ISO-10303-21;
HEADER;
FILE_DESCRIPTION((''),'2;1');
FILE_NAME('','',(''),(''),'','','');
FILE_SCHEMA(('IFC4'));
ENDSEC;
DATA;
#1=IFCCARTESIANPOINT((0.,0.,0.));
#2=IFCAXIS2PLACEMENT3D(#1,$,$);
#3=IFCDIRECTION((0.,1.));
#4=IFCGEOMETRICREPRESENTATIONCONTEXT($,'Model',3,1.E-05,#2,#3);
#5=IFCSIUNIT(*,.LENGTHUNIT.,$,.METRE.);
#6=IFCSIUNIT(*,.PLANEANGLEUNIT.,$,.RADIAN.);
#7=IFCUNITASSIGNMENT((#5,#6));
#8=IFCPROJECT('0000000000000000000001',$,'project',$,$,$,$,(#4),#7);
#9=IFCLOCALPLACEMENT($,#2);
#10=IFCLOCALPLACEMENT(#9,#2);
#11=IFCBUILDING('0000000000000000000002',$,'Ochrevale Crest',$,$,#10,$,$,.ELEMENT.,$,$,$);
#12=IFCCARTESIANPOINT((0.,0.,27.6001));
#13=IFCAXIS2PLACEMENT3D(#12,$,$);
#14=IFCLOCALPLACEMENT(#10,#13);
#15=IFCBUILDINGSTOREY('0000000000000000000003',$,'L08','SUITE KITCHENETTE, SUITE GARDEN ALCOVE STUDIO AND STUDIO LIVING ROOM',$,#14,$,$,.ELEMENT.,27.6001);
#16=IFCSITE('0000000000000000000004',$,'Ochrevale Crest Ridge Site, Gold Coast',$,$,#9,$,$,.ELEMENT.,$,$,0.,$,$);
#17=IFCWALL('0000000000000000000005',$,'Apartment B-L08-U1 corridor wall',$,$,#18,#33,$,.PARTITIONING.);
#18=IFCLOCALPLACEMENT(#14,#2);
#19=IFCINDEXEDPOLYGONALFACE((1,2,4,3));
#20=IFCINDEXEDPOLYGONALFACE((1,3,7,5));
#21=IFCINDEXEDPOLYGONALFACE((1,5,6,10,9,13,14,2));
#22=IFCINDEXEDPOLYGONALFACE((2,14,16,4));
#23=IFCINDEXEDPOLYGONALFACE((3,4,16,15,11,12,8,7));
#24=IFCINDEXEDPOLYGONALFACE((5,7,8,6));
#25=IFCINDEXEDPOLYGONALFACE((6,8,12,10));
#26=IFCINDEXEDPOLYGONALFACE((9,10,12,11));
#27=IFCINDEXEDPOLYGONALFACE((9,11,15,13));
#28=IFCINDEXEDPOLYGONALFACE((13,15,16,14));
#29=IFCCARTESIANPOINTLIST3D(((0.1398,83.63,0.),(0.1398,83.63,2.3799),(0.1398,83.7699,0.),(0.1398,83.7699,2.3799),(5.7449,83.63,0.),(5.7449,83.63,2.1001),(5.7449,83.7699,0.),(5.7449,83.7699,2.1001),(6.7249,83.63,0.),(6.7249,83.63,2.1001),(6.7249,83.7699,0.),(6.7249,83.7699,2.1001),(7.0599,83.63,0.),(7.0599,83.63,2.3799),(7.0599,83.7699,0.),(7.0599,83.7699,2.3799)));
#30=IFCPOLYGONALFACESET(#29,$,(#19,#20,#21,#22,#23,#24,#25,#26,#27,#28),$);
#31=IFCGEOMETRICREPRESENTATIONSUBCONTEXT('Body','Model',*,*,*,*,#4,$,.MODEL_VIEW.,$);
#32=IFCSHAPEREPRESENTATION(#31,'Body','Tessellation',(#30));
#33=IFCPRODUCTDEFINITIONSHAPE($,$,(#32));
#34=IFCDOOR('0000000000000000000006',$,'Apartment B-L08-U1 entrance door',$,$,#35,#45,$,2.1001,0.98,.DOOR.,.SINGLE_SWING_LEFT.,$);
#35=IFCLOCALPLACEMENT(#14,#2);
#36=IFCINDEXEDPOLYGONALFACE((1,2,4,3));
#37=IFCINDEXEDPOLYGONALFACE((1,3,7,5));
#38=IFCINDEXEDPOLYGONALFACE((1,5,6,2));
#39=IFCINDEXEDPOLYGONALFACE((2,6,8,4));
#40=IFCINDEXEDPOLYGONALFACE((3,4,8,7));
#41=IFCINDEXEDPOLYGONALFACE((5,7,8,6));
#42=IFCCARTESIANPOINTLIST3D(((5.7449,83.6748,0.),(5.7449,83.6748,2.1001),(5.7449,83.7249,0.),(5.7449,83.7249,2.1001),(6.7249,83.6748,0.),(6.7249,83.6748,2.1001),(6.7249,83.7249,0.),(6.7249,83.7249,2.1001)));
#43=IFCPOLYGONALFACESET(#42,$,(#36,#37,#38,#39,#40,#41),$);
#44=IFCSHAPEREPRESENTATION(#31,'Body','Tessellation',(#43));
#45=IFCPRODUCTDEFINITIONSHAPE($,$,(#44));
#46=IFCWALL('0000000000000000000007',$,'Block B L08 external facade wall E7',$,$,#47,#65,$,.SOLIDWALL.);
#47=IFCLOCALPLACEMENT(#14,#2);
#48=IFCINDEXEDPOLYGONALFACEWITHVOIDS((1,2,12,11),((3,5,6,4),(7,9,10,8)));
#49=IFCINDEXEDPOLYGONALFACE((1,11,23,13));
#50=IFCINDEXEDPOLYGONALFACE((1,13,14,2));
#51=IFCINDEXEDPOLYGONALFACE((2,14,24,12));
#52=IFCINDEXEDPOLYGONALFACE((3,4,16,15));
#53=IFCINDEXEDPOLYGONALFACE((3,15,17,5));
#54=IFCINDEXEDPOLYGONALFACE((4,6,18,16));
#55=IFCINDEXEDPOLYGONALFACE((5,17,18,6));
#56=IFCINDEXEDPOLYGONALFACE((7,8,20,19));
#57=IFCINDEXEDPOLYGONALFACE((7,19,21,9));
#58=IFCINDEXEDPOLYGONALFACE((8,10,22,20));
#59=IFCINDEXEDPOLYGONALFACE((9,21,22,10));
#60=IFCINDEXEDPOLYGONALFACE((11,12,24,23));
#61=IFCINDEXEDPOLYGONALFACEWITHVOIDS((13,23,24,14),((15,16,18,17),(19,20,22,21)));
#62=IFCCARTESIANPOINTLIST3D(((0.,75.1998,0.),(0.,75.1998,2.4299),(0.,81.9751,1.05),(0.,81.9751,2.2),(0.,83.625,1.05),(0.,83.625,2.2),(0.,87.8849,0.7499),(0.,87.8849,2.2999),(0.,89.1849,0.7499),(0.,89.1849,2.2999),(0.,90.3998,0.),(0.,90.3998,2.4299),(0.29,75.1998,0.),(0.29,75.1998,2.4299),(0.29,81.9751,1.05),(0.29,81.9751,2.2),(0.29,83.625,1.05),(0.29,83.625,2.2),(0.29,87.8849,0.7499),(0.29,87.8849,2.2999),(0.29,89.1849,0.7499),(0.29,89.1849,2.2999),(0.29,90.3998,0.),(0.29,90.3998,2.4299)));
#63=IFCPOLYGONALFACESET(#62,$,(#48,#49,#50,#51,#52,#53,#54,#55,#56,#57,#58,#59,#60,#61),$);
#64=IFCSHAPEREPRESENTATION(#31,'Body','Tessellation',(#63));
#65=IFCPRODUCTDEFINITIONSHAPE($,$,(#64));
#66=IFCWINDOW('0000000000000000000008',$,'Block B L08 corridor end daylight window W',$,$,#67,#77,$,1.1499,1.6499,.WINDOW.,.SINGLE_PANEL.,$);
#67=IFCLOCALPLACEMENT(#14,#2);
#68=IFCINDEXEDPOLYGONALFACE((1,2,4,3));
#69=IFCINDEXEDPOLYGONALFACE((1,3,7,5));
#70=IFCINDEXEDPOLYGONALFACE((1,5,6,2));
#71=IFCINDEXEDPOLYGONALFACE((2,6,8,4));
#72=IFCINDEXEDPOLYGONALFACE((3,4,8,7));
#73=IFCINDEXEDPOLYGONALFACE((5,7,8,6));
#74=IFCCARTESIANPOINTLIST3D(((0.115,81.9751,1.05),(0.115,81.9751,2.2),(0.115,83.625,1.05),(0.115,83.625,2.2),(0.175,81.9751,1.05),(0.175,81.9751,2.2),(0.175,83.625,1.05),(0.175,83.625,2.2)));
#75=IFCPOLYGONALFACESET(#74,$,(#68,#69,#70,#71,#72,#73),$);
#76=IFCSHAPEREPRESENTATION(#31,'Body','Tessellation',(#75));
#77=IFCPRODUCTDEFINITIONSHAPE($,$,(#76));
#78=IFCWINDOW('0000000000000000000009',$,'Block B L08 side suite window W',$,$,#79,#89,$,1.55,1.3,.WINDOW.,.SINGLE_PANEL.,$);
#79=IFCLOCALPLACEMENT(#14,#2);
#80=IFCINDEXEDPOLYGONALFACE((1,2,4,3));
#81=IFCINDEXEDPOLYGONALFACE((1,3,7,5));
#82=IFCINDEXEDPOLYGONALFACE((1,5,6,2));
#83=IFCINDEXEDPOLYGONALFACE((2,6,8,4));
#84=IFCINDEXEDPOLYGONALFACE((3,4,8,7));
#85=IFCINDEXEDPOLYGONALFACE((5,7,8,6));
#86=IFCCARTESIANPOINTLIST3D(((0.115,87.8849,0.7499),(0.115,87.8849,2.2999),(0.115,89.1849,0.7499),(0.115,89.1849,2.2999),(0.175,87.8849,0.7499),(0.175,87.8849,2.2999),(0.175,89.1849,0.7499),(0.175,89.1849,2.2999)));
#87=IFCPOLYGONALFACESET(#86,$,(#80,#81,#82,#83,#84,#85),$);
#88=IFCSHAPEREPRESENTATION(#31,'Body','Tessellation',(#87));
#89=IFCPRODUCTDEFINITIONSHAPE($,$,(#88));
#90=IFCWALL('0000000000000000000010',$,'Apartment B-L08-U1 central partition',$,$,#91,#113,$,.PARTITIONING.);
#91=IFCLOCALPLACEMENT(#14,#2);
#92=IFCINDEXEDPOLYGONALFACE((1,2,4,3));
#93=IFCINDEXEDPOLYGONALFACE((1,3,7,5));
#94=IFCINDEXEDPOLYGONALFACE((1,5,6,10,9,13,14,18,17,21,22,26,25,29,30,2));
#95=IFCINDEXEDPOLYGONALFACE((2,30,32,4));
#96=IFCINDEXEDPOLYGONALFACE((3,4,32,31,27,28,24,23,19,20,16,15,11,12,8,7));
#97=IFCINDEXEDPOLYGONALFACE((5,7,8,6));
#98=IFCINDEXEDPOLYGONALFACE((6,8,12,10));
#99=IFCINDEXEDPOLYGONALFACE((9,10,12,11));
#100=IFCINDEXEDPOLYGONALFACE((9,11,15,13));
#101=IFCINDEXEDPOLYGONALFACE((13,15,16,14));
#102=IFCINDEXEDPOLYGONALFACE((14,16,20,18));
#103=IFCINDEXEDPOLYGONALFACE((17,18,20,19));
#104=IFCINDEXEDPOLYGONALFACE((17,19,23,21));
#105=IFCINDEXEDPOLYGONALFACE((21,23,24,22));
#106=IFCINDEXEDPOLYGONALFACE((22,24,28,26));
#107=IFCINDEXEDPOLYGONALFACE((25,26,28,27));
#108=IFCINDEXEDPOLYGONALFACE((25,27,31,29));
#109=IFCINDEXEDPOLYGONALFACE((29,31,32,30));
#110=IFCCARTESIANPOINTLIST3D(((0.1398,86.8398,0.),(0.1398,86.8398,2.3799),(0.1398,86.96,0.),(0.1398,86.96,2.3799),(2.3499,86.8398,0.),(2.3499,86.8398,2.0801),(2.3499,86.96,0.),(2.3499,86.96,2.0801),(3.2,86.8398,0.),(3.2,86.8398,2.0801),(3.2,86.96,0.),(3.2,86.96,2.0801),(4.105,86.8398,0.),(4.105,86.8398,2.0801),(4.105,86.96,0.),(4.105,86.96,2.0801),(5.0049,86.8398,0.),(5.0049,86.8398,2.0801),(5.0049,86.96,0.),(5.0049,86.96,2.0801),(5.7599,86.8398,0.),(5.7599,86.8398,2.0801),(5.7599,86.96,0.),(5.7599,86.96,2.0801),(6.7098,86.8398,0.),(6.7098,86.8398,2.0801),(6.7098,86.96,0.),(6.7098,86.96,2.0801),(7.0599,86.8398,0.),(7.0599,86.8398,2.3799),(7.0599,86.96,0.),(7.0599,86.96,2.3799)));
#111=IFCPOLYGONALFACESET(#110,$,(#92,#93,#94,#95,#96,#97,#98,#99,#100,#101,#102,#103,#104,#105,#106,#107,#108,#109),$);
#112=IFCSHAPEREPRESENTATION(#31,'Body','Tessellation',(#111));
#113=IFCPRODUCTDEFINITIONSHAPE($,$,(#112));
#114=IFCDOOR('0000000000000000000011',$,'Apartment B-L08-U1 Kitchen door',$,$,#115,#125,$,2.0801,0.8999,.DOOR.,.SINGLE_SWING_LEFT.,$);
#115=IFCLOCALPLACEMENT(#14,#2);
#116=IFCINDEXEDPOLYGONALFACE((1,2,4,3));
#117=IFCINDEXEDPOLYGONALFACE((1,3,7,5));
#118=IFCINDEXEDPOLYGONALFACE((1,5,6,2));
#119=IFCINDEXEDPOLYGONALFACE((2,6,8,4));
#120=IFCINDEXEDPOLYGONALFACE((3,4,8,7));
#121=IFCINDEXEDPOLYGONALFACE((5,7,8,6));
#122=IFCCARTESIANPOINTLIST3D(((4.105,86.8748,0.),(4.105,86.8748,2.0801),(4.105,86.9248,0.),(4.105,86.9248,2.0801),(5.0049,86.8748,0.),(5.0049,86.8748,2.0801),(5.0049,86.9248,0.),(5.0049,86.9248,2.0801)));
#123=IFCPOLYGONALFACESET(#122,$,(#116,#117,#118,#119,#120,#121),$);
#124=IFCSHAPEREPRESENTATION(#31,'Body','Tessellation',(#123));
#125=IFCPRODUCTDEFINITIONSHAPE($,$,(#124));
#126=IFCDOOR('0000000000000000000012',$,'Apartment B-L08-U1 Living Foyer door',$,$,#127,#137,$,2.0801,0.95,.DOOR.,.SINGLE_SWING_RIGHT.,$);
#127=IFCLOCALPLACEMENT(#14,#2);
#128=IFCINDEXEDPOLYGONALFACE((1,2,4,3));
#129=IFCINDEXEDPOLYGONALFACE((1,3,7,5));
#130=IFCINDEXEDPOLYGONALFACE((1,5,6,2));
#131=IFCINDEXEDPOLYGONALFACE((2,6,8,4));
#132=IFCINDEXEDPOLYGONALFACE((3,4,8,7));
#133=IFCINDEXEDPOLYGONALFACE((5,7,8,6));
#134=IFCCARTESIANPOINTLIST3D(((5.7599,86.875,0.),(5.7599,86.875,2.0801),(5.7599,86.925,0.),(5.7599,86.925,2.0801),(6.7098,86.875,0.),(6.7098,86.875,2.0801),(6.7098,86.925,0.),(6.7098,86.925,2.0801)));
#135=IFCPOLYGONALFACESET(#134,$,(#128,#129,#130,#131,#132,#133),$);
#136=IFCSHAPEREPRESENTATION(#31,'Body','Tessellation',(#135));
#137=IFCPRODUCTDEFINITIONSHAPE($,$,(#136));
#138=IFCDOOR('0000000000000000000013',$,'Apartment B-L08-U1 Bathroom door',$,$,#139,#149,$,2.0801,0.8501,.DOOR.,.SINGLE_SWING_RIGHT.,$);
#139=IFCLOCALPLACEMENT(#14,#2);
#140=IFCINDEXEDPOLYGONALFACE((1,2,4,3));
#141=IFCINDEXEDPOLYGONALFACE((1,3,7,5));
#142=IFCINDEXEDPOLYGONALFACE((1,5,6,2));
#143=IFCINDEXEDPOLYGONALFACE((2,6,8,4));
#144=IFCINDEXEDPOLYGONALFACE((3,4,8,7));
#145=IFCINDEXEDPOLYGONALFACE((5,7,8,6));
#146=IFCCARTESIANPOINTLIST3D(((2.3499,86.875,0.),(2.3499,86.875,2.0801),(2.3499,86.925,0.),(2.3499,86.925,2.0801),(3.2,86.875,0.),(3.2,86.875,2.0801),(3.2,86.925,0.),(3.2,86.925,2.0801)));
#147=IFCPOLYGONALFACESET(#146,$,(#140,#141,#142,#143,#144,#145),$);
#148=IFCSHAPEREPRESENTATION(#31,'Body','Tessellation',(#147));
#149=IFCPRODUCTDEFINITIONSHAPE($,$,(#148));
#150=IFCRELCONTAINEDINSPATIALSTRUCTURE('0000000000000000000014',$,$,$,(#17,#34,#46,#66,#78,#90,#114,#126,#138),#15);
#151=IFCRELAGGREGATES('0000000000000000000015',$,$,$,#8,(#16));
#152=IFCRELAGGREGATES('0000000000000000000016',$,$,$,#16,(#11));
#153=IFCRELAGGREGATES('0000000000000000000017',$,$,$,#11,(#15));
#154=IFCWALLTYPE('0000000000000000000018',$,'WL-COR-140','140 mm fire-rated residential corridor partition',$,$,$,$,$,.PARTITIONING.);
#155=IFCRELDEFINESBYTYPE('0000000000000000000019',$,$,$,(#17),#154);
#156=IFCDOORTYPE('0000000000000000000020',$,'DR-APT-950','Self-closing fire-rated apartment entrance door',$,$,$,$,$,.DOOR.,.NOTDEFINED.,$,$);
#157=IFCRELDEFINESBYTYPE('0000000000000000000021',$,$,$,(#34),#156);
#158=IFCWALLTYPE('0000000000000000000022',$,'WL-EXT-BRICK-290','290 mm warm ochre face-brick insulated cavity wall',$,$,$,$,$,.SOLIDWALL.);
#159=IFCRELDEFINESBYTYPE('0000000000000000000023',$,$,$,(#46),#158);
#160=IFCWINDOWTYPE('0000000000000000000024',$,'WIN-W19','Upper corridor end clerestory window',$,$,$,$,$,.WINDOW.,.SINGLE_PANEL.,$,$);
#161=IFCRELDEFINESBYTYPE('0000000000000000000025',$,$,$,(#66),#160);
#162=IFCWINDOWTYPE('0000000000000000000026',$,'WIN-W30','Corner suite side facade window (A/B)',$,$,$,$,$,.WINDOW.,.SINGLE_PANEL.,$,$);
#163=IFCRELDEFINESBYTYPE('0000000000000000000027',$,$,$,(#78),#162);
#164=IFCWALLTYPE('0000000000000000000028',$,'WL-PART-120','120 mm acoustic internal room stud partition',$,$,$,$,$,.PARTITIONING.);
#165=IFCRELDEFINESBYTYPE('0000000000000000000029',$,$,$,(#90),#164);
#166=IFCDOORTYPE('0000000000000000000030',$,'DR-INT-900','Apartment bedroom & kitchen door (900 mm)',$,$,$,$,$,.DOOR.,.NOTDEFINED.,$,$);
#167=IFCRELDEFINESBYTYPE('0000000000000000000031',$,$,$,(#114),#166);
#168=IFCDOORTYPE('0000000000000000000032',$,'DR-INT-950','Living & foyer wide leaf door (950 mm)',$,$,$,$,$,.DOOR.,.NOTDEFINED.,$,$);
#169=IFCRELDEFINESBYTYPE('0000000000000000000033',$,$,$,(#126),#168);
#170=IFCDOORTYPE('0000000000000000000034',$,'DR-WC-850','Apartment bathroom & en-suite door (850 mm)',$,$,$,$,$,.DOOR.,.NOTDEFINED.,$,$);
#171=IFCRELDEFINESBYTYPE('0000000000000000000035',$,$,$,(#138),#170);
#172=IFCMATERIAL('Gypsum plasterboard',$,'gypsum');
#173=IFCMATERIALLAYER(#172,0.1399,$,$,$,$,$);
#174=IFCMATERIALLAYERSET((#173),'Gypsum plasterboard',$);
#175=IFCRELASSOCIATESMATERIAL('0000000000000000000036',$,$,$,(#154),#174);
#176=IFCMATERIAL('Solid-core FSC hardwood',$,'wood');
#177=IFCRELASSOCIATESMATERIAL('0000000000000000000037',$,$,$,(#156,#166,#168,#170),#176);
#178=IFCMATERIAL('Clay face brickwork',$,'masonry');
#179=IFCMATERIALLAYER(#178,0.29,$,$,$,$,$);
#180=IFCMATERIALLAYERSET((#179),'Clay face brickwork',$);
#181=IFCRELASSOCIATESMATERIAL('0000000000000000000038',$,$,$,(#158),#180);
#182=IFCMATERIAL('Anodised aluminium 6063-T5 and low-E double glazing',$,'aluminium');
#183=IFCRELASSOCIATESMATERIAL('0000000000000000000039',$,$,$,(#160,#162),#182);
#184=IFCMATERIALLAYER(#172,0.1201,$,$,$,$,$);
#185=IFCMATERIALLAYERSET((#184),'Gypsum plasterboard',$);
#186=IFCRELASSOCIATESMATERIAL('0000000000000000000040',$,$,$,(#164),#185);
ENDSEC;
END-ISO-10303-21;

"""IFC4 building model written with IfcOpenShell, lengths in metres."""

from ifc_helpers import new_model, si_unit, direction, frame, frame_2d, origin, place, context, subcontext, project, spatial, rectangle, extrude, material, layer, layer_set, type_object, element, fill, save


model = new_model("IFC4")

# Units and contexts
model_context = context("Model", 3, precision=1e-05, world=origin(), true_north=direction((0.0, 1.0)))
body_context = subcontext(model_context, "Body", "Model", "MODEL_VIEW")
ifc_project = project(units=[si_unit("LENGTHUNIT", "METRE"), si_unit("PLANEANGLEUNIT", "RADIAN")], contexts=[model_context])

# Site, building, storey
site_placement = place(None, origin())
site = spatial("IfcSite", under=ifc_project, at=site_placement, Name="Ochrevale Crest Ridge Site, Gold Coast", CompositionType="ELEMENT", RefElevation=0.0)
building_placement = place(site_placement, origin())
building = spatial("IfcBuilding", under=site, at=building_placement, Name="Ochrevale Crest", CompositionType="ELEMENT")
storey_placement = place(building_placement, frame((0.0, 0.0, 27.6001)))
storey = spatial("IfcBuildingStorey", under=building, at=storey_placement, Name="L08", Description="SUITE KITCHENETTE, SUITE GARDEN ALCOVE STUDIO AND STUDIO LIVING ROOM", CompositionType="ELEMENT", Elevation=27.6001)

# Wall, opening, door
ifc_material_1 = material(Name="Gypsum plasterboard", Category="gypsum")
ifc_layer_1 = layer(ifc_material_1, 0.1399)
ifc_layer_set_1 = layer_set([ifc_layer_1], Name="Gypsum plasterboard")
wall_type_1 = type_object("IfcWallType", Name="WL-COR-140", Description="140 mm fire-rated residential corridor partition", PredefinedType="PARTITIONING", material=ifc_layer_set_1)
wall_1_placement = place(storey_placement, frame((0.1399, 83.7, 0.0), z_axis=(0.0, 0.0, 1.0), x_axis=(1.0, 0.0, 0.0)))
wall_1 = element("IfcWall", 1, at=wall_1_placement, inside=storey, type_object=wall_type_1, Name="Apartment B-L08-U1 corridor wall", PredefinedType="PARTITIONING", context=body_context, shape_type="SweptSolid", body=[
    extrude(rectangle(XDim=6.9202, YDim=0.1399, at=frame_2d((3.46, 0.0))), origin(), (0.0, 0.0, 1.0), 2.3799),
])
opening_1_placement = place(wall_1_placement, frame((5.605, 0.0, 0.0)))
opening_1 = element("IfcOpeningElement", 2, at=opening_1_placement, cuts=wall_1, PredefinedType="OPENING", context=body_context, shape_type="SweptSolid", body=[
    extrude(rectangle(XDim=0.98, YDim=2.1001, at=frame_2d((0.49, 1.05))), frame((0.0, 0.0801, 0.0), z_axis=(0.0, -1.0, 0.0), x_axis=(1.0, 0.0, 0.0)), (0.0, 0.0, 1.0), 0.1599),
])
ifc_material_2 = material(Name="Solid-core FSC hardwood", Category="wood")
door_type_1 = type_object("IfcDoorType", Name="DR-APT-950", Description="Self-closing fire-rated apartment entrance door", OperationType="NOTDEFINED", PredefinedType="DOOR", material=ifc_material_2)
door_1_placement = place(opening_1_placement, origin())
door_1 = element("IfcDoor", 3, at=door_1_placement, inside=storey, type_object=door_type_1, Name="Apartment B-L08-U1 entrance door", OperationType="SINGLE_SWING_LEFT", OverallHeight=2.1001, OverallWidth=0.98, PredefinedType="DOOR", context=body_context, shape_type="SweptSolid", body=[
    extrude(rectangle(XDim=0.98, YDim=2.1001, at=frame_2d((0.49, 1.05))), frame((0.0, 0.0249, 0.0), z_axis=(0.0, -1.0, 0.0), x_axis=(1.0, 0.0, 0.0)), (0.0, 0.0, 1.0), 0.05),
])
fill(opening_1, door_1)

# Wall, openings, windows
ifc_material_3 = material(Name="Clay face brickwork", Category="masonry")
ifc_layer_2 = layer(ifc_material_3, 0.29)
ifc_layer_set_2 = layer_set([ifc_layer_2], Name="Clay face brickwork")
wall_type_2 = type_object("IfcWallType", Name="WL-EXT-BRICK-290", Description="290 mm warm ochre face-brick insulated cavity wall", PredefinedType="SOLIDWALL", material=ifc_layer_set_2)
wall_2_placement = place(storey_placement, frame((0.145, 90.3999, 0.0), z_axis=(0.0, 0.0, 1.0), x_axis=(0.0, -1.0, 0.0)))
wall_2 = element("IfcWall", 4, at=wall_2_placement, inside=storey, type_object=wall_type_2, Name="Block B L08 external facade wall E7", PredefinedType="SOLIDWALL", context=body_context, shape_type="SweptSolid", body=[
    extrude(rectangle(XDim=15.2, YDim=0.29, at=frame_2d((7.6001, 0.0))), origin(), (0.0, 0.0, 1.0), 2.4299),
])
opening_2_placement = place(wall_2_placement, frame((6.7749, 0.0, 1.05)))
opening_2 = element("IfcOpeningElement", 5, at=opening_2_placement, cuts=wall_2, PredefinedType="OPENING", context=body_context, shape_type="SweptSolid", body=[
    extrude(rectangle(XDim=1.6499, YDim=1.1499, at=frame_2d((0.825, 0.575))), frame((0.0, 0.155, 0.0), z_axis=(0.0, -1.0, 0.0), x_axis=(1.0, 0.0, 0.0)), (0.0, 0.0, 1.0), 0.3101),
])
opening_3_placement = place(wall_2_placement, frame((1.2151, 0.0, 0.75)))
opening_3 = element("IfcOpeningElement", 6, at=opening_3_placement, cuts=wall_2, PredefinedType="OPENING", context=body_context, shape_type="SweptSolid", body=[
    extrude(rectangle(XDim=1.3, YDim=1.55, at=frame_2d((0.6499, 0.7749))), frame((0.0, 0.155, 0.0), z_axis=(0.0, -1.0, 0.0), x_axis=(1.0, 0.0, 0.0)), (0.0, 0.0, 1.0), 0.3101),
])
ifc_material_4 = material(Name="Anodised aluminium 6063-T5 and low-E double glazing", Category="aluminium")
window_type_1 = type_object("IfcWindowType", Name="WIN-W19", Description="Upper corridor end clerestory window", PartitioningType="SINGLE_PANEL", PredefinedType="WINDOW", material=ifc_material_4)
window_1_placement = place(opening_2_placement, origin())
window_1 = element("IfcWindow", 7, at=window_1_placement, inside=storey, type_object=window_type_1, Name="Block B L08 corridor end daylight window W", OverallHeight=1.1499, OverallWidth=1.6499, PartitioningType="SINGLE_PANEL", PredefinedType="WINDOW", context=body_context, shape_type="SweptSolid", body=[
    extrude(rectangle(XDim=1.6499, YDim=1.1499, at=frame_2d((0.825, 0.575))), frame((0.0, 0.03, 0.0), z_axis=(0.0, -1.0, 0.0), x_axis=(1.0, 0.0, 0.0)), (0.0, 0.0, 1.0), 0.0601),
])
fill(opening_2, window_1)
window_type_2 = type_object("IfcWindowType", Name="WIN-W30", Description="Corner suite side facade window (A/B)", PartitioningType="SINGLE_PANEL", PredefinedType="WINDOW", material=ifc_material_4)
window_2_placement = place(opening_3_placement, origin())
window_2 = element("IfcWindow", 8, at=window_2_placement, inside=storey, type_object=window_type_2, Name="Block B L08 side suite window W", OverallHeight=1.55, OverallWidth=1.3, PartitioningType="SINGLE_PANEL", PredefinedType="WINDOW", context=body_context, shape_type="SweptSolid", body=[
    extrude(rectangle(XDim=1.3, YDim=1.55, at=frame_2d((0.6499, 0.7749))), frame((0.0, 0.03, 0.0), z_axis=(0.0, -1.0, 0.0), x_axis=(1.0, 0.0, 0.0)), (0.0, 0.0, 1.0), 0.0601),
])
fill(opening_3, window_2)

# Wall, openings, doors
ifc_layer_3 = layer(ifc_material_1, 0.1201)
ifc_layer_set_3 = layer_set([ifc_layer_3], Name="Gypsum plasterboard")
wall_type_3 = type_object("IfcWallType", Name="WL-PART-120", Description="120 mm acoustic internal room stud partition", PredefinedType="PARTITIONING", material=ifc_layer_set_3)
wall_3_placement = place(storey_placement, frame((0.1399, 86.8999, 0.0), z_axis=(0.0, 0.0, 1.0), x_axis=(1.0, 0.0, 0.0)))
wall_3 = element("IfcWall", 9, at=wall_3_placement, inside=storey, type_object=wall_type_3, Name="Apartment B-L08-U1 central partition", PredefinedType="PARTITIONING", context=body_context, shape_type="SweptSolid", body=[
    extrude(rectangle(XDim=6.9202, YDim=0.1201, at=frame_2d((3.46, 0.0))), origin(), (0.0, 0.0, 1.0), 2.3799),
])
opening_4_placement = place(wall_3_placement, frame((3.0601, 0.0, 0.0), z_axis=(0.0, 0.0, 1.0), x_axis=(-1.0, 0.0, 0.0)))
opening_4 = element("IfcOpeningElement", 10, at=opening_4_placement, cuts=wall_3, PredefinedType="OPENING", context=body_context, shape_type="SweptSolid", body=[
    extrude(rectangle(XDim=0.8501, YDim=2.0801, at=frame_2d((0.425, 1.04))), frame((0.0, 0.0701, 0.0), z_axis=(0.0, -1.0, 0.0), x_axis=(1.0, 0.0, 0.0)), (0.0, 0.0, 1.0), 0.1401),
])
opening_5_placement = place(wall_3_placement, frame((3.9651, 0.0, 0.0)))
opening_5 = element("IfcOpeningElement", 11, at=opening_5_placement, cuts=wall_3, PredefinedType="OPENING", context=body_context, shape_type="SweptSolid", body=[
    extrude(rectangle(XDim=0.8999, YDim=2.0801, at=frame_2d((0.45, 1.04))), frame((0.0, 0.0701, 0.0), z_axis=(0.0, -1.0, 0.0), x_axis=(1.0, 0.0, 0.0)), (0.0, 0.0, 1.0), 0.1401),
])
opening_6_placement = place(wall_3_placement, frame((6.5701, 0.0, 0.0), z_axis=(0.0, 0.0, 1.0), x_axis=(-1.0, 0.0, 0.0)))
opening_6 = element("IfcOpeningElement", 12, at=opening_6_placement, cuts=wall_3, PredefinedType="OPENING", context=body_context, shape_type="SweptSolid", body=[
    extrude(rectangle(XDim=0.95, YDim=2.0801, at=frame_2d((0.4751, 1.04))), frame((0.0, 0.0701, 0.0), z_axis=(0.0, -1.0, 0.0), x_axis=(1.0, 0.0, 0.0)), (0.0, 0.0, 1.0), 0.1401),
])
door_type_2 = type_object("IfcDoorType", Name="DR-INT-900", Description="Apartment bedroom & kitchen door (900 mm)", OperationType="NOTDEFINED", PredefinedType="DOOR", material=ifc_material_2)
door_2_placement = place(opening_5_placement, origin())
door_2 = element("IfcDoor", 13, at=door_2_placement, inside=storey, type_object=door_type_2, Name="Apartment B-L08-U1 Kitchen door", OperationType="SINGLE_SWING_LEFT", OverallHeight=2.0801, OverallWidth=0.8999, PredefinedType="DOOR", context=body_context, shape_type="SweptSolid", body=[
    extrude(rectangle(XDim=0.8999, YDim=2.0801, at=frame_2d((0.45, 1.04))), frame((0.0, 0.0249, 0.0), z_axis=(0.0, -1.0, 0.0), x_axis=(1.0, 0.0, 0.0)), (0.0, 0.0, 1.0), 0.05),
])
fill(opening_5, door_2)
door_type_3 = type_object("IfcDoorType", Name="DR-INT-950", Description="Living & foyer wide leaf door (950 mm)", OperationType="NOTDEFINED", PredefinedType="DOOR", material=ifc_material_2)
door_3_placement = place(opening_6_placement, origin())
door_3 = element("IfcDoor", 14, at=door_3_placement, inside=storey, type_object=door_type_3, Name="Apartment B-L08-U1 Living Foyer door", OperationType="SINGLE_SWING_RIGHT", OverallHeight=2.0801, OverallWidth=0.95, PredefinedType="DOOR", context=body_context, shape_type="SweptSolid", body=[
    extrude(rectangle(XDim=0.95, YDim=2.0801, at=frame_2d((0.4751, 1.04))), frame((0.0, 0.0249, 0.0), z_axis=(0.0, -1.0, 0.0), x_axis=(1.0, 0.0, 0.0)), (0.0, 0.0, 1.0), 0.05),
])
fill(opening_6, door_3)
door_type_4 = type_object("IfcDoorType", Name="DR-WC-850", Description="Apartment bathroom & en-suite door (850 mm)", OperationType="NOTDEFINED", PredefinedType="DOOR", material=ifc_material_2)
door_4_placement = place(opening_4_placement, origin())
door_4 = element("IfcDoor", 15, at=door_4_placement, inside=storey, type_object=door_type_4, Name="Apartment B-L08-U1 Bathroom door", OperationType="SINGLE_SWING_RIGHT", OverallHeight=2.0801, OverallWidth=0.8501, PredefinedType="DOOR", context=body_context, shape_type="SweptSolid", body=[
    extrude(rectangle(XDim=0.8501, YDim=2.0801, at=frame_2d((0.425, 1.04))), frame((0.0, 0.0249, 0.0), z_axis=(0.0, -1.0, 0.0), x_axis=(1.0, 0.0, 0.0)), (0.0, 0.0, 1.0), 0.05),
])
fill(opening_4, door_4)

save(model, "model.ifc")
